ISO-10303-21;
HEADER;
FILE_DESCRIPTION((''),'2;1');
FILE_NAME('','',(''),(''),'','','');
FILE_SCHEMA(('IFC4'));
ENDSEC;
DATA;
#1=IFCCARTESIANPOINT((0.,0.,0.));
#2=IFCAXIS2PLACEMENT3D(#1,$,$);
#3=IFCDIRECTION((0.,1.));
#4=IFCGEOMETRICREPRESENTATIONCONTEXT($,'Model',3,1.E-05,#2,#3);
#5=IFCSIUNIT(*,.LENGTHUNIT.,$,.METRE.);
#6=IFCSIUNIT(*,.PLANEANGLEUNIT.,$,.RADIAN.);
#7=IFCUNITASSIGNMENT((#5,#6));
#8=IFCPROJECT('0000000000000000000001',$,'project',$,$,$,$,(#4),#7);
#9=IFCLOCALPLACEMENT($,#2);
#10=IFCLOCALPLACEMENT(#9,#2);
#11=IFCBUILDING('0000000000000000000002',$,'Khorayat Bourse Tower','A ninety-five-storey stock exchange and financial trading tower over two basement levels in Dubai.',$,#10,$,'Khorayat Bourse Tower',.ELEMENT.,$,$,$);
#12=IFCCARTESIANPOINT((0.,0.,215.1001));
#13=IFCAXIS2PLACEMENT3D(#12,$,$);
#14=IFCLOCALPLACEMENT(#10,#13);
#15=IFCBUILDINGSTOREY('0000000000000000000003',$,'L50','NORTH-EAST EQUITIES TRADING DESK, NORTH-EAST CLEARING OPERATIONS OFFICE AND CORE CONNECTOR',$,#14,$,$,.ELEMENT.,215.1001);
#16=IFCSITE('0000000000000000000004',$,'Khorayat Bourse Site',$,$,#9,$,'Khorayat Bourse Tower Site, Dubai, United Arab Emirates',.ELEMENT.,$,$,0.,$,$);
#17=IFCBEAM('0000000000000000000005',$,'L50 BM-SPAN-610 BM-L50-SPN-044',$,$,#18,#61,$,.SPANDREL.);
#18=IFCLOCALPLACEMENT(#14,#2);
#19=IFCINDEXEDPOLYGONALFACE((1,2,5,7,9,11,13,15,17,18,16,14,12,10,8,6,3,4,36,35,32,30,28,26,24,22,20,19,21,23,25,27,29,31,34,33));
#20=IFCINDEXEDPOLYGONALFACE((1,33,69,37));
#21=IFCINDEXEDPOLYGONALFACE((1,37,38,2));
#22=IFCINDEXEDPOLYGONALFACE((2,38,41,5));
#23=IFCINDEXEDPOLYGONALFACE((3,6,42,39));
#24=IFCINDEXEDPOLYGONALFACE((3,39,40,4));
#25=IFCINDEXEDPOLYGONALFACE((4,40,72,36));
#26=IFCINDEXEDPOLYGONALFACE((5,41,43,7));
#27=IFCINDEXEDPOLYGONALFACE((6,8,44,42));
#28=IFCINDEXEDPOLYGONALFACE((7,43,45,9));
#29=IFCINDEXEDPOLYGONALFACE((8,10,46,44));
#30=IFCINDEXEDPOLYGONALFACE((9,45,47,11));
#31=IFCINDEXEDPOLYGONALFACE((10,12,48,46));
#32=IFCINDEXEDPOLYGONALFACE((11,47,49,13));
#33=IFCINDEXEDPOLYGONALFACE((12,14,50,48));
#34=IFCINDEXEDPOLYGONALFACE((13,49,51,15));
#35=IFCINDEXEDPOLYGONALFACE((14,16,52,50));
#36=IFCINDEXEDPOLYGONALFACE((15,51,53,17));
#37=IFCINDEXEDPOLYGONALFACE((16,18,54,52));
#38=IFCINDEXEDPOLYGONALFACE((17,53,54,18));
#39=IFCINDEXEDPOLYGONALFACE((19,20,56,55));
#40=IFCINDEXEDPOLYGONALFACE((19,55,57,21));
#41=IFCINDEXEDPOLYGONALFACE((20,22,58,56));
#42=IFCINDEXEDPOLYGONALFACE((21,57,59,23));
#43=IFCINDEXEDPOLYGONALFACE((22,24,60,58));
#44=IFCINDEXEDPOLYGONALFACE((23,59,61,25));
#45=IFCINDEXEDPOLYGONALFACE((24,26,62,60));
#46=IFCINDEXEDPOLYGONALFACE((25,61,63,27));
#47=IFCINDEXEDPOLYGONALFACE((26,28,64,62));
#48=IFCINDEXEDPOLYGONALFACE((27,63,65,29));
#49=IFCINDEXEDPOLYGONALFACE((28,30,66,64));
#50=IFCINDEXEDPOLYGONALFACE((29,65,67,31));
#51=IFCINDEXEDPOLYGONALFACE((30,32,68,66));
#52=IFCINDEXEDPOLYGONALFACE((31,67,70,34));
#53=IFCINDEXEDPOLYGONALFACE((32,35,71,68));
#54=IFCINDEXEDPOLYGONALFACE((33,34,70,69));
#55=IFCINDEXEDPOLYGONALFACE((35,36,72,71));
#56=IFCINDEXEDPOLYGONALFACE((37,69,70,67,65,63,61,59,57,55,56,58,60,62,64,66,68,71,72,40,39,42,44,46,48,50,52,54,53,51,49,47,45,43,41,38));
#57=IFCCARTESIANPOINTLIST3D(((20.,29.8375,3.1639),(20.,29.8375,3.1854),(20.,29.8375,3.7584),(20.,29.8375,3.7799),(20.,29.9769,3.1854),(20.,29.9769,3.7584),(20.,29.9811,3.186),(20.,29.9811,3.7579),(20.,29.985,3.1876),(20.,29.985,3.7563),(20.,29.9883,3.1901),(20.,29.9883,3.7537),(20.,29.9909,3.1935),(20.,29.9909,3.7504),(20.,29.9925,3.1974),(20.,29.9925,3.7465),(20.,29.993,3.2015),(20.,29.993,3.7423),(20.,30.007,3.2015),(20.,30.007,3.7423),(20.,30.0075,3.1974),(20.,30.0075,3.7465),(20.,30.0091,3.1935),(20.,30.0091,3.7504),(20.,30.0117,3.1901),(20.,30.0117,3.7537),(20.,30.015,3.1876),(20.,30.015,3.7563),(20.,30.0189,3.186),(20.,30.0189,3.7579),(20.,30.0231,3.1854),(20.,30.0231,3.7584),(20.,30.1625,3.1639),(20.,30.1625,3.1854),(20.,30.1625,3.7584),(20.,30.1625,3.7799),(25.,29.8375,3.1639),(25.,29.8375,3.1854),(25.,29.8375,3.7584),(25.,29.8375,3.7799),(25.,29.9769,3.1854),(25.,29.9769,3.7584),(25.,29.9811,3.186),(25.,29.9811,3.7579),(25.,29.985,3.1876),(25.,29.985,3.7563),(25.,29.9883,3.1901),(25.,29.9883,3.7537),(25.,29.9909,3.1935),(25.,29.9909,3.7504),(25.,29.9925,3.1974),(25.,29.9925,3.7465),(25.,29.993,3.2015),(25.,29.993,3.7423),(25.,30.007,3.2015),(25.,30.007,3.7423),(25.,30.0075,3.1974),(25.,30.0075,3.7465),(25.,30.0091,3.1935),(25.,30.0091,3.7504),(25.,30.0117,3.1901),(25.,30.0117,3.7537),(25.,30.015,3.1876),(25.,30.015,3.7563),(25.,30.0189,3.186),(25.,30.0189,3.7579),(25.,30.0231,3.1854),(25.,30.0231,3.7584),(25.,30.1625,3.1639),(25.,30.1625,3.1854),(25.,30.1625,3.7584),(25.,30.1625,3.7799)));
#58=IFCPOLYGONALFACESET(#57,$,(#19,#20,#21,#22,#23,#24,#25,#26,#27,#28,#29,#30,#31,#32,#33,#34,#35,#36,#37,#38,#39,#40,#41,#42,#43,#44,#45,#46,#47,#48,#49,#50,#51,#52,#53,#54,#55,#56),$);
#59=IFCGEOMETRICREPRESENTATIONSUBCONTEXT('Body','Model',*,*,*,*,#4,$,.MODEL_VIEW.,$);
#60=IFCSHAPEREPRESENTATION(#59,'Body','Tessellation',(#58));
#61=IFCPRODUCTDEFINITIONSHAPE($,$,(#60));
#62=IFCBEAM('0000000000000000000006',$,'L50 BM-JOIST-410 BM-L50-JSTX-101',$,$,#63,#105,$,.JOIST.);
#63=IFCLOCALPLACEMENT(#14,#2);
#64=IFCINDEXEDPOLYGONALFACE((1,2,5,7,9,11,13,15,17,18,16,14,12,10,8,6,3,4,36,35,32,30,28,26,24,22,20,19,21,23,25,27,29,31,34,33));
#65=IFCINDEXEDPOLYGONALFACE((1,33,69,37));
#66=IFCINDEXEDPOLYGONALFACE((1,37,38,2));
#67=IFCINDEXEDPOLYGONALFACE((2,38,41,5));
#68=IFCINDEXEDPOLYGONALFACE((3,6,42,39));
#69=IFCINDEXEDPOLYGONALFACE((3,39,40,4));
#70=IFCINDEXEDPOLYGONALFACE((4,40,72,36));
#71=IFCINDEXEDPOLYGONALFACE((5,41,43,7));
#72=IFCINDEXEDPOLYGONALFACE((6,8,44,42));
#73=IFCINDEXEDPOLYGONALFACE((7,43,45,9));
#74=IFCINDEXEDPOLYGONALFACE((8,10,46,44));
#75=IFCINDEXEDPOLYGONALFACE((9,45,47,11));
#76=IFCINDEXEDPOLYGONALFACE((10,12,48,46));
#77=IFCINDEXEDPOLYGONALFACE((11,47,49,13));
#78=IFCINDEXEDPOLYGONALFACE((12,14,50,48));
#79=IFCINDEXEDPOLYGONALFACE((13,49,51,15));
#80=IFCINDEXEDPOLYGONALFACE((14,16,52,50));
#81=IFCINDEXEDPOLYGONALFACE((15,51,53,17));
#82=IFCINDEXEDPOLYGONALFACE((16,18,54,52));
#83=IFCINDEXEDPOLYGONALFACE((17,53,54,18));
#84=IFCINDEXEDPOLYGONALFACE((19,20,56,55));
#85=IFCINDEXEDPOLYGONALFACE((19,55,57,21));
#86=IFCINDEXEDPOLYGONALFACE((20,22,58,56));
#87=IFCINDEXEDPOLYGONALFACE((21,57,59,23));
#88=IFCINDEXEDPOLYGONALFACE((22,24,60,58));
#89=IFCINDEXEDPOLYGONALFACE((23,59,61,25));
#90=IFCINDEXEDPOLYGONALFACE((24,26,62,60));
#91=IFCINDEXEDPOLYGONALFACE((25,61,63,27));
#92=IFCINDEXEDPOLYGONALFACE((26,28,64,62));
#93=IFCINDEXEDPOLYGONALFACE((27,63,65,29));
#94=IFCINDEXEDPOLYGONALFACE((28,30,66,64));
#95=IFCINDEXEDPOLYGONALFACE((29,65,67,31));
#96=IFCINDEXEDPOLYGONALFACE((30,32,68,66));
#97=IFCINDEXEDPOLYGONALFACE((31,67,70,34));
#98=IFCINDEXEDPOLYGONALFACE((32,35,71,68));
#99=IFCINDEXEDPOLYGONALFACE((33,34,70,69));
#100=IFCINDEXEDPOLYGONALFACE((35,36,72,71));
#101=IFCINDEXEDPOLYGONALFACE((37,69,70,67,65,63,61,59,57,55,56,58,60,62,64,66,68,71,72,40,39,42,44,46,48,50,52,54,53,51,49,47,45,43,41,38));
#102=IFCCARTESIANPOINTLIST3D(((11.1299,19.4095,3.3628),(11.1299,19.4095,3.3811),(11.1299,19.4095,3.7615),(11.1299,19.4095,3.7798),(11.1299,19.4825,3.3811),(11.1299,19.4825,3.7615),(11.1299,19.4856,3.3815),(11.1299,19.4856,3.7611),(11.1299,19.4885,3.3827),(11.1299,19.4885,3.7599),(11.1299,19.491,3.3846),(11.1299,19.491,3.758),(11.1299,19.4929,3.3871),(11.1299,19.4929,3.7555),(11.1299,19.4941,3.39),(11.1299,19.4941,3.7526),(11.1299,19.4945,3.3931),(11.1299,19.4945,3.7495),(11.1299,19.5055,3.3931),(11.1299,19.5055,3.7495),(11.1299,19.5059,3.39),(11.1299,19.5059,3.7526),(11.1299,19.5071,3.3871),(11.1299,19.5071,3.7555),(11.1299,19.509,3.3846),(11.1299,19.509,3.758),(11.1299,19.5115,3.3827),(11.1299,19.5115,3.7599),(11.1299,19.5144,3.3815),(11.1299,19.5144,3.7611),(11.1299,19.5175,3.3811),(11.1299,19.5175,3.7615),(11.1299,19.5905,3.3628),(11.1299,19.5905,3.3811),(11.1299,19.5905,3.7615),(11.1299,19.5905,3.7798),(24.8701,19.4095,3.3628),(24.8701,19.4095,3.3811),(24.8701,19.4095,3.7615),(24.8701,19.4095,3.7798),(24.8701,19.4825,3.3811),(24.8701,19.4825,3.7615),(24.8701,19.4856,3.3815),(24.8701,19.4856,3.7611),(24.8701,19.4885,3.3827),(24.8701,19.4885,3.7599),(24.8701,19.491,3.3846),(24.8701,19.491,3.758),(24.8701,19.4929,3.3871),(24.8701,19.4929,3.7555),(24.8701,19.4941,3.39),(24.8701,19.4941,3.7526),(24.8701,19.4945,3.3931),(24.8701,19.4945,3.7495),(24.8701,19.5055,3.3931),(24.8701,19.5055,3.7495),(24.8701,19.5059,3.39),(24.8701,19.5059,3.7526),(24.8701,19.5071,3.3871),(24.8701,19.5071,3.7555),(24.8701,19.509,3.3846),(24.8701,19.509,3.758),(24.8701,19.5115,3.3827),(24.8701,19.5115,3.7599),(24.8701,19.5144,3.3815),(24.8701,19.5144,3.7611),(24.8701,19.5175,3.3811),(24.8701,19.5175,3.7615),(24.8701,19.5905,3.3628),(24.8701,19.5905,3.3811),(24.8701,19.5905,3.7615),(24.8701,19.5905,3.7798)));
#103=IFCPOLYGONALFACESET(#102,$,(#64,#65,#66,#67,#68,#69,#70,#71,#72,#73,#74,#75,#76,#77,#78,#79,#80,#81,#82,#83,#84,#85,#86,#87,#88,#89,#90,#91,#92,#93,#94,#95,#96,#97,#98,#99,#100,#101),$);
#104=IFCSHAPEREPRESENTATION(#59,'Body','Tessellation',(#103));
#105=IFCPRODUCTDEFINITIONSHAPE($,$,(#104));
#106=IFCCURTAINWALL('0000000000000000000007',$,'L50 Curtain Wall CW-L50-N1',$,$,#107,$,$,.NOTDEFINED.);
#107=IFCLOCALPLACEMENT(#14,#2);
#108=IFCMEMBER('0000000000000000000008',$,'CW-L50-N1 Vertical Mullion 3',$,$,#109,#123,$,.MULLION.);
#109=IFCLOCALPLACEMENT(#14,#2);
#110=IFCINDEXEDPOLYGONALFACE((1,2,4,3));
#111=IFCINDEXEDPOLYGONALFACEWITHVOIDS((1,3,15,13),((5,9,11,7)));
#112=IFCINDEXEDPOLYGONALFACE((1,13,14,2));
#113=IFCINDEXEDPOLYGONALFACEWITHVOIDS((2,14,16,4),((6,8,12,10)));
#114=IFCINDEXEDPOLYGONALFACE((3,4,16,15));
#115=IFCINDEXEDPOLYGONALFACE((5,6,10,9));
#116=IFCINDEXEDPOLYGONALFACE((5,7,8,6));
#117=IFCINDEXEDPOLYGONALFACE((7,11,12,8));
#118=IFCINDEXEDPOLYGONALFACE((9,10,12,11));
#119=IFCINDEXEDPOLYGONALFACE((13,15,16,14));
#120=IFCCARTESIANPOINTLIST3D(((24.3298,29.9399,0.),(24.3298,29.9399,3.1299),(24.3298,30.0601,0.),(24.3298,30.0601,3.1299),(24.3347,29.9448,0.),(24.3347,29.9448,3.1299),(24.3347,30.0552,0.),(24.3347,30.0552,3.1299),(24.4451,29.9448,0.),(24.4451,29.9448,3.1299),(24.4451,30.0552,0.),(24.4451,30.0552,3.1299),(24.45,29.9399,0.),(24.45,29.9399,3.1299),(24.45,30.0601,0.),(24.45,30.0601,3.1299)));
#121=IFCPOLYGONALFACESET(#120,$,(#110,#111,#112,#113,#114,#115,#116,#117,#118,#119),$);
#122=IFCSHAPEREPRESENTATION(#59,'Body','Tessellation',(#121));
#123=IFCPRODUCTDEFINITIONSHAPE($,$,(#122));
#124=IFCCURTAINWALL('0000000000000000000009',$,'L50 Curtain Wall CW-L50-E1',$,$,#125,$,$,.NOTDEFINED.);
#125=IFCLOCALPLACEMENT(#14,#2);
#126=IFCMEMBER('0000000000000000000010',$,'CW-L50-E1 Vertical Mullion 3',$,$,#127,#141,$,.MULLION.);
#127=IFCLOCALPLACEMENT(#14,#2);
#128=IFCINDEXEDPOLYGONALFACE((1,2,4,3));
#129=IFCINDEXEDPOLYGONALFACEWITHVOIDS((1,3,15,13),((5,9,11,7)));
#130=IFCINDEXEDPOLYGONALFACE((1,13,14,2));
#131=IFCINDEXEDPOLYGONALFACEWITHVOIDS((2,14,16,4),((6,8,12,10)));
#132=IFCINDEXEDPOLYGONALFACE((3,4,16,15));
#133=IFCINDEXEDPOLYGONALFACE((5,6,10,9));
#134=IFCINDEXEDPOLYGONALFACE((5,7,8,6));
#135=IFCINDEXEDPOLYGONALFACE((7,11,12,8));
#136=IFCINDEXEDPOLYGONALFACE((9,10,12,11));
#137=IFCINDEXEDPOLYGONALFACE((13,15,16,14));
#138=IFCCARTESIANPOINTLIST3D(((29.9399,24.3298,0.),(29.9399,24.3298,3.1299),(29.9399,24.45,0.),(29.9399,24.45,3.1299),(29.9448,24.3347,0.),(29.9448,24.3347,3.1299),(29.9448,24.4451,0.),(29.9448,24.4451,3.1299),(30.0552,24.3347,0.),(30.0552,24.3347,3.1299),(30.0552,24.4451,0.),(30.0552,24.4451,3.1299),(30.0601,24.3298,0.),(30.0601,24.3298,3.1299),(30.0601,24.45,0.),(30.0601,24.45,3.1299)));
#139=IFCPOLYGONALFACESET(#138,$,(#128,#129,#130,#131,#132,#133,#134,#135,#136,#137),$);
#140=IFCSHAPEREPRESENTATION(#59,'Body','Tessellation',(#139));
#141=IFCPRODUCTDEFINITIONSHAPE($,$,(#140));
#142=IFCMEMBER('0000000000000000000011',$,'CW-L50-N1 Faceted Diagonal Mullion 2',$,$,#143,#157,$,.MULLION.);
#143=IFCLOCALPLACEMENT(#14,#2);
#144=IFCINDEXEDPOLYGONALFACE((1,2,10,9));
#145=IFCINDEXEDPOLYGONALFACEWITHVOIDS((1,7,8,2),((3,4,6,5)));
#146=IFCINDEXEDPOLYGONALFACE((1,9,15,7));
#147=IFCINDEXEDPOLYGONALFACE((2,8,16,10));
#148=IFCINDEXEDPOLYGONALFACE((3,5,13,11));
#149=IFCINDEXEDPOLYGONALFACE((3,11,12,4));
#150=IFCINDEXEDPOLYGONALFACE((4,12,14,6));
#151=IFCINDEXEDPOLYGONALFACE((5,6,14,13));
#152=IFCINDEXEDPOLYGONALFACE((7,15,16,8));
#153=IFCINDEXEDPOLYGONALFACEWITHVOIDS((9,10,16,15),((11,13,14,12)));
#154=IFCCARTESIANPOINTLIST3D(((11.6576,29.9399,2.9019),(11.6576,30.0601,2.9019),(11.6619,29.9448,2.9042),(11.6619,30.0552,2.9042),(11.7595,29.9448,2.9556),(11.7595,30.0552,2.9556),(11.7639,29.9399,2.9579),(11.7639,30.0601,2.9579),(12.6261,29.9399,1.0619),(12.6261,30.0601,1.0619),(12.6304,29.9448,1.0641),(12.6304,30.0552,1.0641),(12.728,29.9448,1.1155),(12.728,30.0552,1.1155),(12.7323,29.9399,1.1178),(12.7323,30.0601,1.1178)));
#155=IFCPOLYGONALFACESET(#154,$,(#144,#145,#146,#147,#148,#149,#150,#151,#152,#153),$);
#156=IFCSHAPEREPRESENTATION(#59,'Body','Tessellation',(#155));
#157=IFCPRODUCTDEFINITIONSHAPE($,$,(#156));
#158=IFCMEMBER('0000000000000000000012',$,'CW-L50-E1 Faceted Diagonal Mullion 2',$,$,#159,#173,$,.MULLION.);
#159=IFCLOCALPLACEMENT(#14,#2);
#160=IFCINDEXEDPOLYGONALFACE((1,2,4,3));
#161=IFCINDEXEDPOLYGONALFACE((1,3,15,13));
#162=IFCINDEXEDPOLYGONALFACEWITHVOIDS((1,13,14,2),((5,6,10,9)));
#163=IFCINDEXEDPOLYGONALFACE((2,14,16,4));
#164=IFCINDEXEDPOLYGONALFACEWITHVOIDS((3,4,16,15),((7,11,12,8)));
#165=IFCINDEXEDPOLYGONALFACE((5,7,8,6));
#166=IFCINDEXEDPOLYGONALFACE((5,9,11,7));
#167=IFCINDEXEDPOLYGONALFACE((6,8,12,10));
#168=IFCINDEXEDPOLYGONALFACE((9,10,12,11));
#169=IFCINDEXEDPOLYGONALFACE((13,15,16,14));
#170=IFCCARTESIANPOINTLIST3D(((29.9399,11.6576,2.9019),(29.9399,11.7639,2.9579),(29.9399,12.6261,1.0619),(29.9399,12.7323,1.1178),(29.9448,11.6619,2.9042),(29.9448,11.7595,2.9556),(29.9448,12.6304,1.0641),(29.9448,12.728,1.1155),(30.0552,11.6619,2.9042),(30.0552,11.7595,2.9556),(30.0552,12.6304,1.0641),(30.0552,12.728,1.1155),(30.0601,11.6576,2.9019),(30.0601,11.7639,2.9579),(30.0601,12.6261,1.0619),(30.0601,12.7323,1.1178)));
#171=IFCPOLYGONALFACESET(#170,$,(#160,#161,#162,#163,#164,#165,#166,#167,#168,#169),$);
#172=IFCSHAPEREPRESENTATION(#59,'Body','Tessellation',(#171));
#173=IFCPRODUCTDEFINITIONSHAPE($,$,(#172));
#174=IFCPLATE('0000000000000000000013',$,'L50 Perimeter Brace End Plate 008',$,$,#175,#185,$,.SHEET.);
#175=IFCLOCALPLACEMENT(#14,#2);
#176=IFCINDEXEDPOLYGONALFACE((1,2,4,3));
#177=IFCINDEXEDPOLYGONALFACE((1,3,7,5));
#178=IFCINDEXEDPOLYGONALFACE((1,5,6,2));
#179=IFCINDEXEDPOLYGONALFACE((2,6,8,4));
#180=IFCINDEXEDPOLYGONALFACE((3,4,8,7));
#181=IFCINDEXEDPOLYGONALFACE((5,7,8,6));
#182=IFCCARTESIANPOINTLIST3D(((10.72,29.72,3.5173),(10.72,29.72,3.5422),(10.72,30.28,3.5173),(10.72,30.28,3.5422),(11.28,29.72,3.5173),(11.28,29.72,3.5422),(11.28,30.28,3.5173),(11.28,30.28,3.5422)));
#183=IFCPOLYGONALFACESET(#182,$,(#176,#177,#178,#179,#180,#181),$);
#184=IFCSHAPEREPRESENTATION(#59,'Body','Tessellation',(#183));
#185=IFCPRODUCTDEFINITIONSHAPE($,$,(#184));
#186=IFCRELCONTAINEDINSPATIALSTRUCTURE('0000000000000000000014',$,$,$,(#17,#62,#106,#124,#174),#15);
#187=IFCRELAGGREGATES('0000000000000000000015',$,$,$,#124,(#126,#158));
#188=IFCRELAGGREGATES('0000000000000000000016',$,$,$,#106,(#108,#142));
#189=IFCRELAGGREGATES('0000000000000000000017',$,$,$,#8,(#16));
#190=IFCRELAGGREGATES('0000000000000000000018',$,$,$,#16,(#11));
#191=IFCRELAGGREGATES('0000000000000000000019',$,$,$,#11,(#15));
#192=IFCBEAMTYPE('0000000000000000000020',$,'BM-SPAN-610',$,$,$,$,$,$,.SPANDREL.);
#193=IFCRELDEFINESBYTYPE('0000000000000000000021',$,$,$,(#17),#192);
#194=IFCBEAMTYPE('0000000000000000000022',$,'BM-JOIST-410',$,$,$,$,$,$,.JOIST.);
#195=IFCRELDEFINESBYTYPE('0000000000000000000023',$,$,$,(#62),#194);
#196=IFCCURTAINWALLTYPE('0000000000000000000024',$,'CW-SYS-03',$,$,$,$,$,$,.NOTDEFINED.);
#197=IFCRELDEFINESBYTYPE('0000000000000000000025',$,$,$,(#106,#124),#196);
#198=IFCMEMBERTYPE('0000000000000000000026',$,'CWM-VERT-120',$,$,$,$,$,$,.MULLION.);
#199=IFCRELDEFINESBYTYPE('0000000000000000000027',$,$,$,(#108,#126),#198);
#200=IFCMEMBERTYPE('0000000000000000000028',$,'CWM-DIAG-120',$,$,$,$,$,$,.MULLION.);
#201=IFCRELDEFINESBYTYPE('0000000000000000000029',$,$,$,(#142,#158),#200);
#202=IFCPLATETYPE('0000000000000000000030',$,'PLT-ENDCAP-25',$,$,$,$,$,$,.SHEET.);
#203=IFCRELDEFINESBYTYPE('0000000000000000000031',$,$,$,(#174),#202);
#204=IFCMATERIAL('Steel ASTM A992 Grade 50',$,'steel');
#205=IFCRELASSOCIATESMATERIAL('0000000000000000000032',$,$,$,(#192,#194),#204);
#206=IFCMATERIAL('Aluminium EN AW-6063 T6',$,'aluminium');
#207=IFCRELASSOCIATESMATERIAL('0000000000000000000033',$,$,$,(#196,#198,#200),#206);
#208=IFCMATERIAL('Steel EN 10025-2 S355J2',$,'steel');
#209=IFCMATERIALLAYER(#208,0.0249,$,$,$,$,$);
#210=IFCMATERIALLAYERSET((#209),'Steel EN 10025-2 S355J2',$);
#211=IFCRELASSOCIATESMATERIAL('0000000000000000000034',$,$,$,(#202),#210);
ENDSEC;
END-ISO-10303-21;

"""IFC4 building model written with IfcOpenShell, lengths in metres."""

from ifc_helpers import new_model, si_unit, direction, frame, origin, origin_2d, place, context, subcontext, project, spatial, rectangle, hollow_rectangle, i_section, extrude, source, transform, mapped, material, layer, layer_set, material_profile, profile_set, type_object, element, aggregate, save


model = new_model("IFC4")

# Units and contexts
model_context = context("Model", 3, precision=1e-05, world=origin(), true_north=direction((0.0, 1.0)))
body_context = subcontext(model_context, "Body", "Model", "MODEL_VIEW")
ifc_project = project(units=[si_unit("LENGTHUNIT", "METRE"), si_unit("PLANEANGLEUNIT", "RADIAN")], contexts=[model_context])

# Site, building, storey
site_placement = place(None, origin())
site = spatial("IfcSite", under=ifc_project, at=site_placement, Name="Khorayat Bourse Site", LongName="Khorayat Bourse Tower Site, Dubai, United Arab Emirates", CompositionType="ELEMENT", RefElevation=0.0)
building_placement = place(site_placement, origin())
building = spatial("IfcBuilding", under=site, at=building_placement, Name="Khorayat Bourse Tower", Description="A ninety-five-storey stock exchange and financial trading tower over two basement levels in Dubai.", LongName="Khorayat Bourse Tower", CompositionType="ELEMENT")
storey_placement = place(building_placement, frame((0.0, 0.0, 215.1001)))
storey = spatial("IfcBuildingStorey", under=building, at=storey_placement, Name="L50", Description="NORTH-EAST EQUITIES TRADING DESK, NORTH-EAST CLEARING OPERATIONS OFFICE AND CORE CONNECTOR", CompositionType="ELEMENT", Elevation=215.1001)

# Beams
ifc_material_1 = material(Name="Steel ASTM A992 Grade 50", Category="steel")
ifc_material_profile_1 = material_profile(ifc_material_1, i_section(OverallWidth=0.325, OverallDepth=0.616, WebThickness=0.0139, FlangeThickness=0.0215, FilletRadius=0.0161, at=origin_2d()), Name="W610X174")
ifc_profile_set_1 = profile_set([ifc_material_profile_1], Name="Steel ASTM A992 Grade 50")
beam_type_1 = type_object("IfcBeamType", Name="BM-SPAN-610", PredefinedType="SPANDREL", material=ifc_profile_set_1)
shared_shape_1 = source(origin(), body_context, "Body", "SweptSolid", [
    extrude(i_section(OverallWidth=0.325, OverallDepth=0.616, WebThickness=0.0139, FlangeThickness=0.0215, FilletRadius=0.0161, at=origin_2d()), origin(), (0.0, 0.0, 1.0), 5.0),
])
for number, where, z_axis, x_axis, name in (
    (1, (20.0, 30.0, 3.4719), (1.0, 0.0, 0.0), (0.0, 1.0, 0.0), "L50 BM-SPAN-610 BM-L50-SPN-044"),
):
    element("IfcBeam", number, at=place(storey_placement, frame(where, z_axis=z_axis, x_axis=x_axis)), inside=storey, type_object=beam_type_1, Name=name, PredefinedType="SPANDREL", context=body_context, shape_type="MappedRepresentation", body=[
        mapped(shared_shape_1, transform((0.0, 0.0, 0.0), scale=1.0)),
    ])
ifc_material_profile_2 = material_profile(ifc_material_1, i_section(OverallWidth=0.1809, OverallDepth=0.417, WebThickness=0.011, FlangeThickness=0.0183, FilletRadius=0.012, at=origin_2d()), Name="W410X85")
ifc_profile_set_2 = profile_set([ifc_material_profile_2], Name="Steel ASTM A992 Grade 50")
beam_type_2 = type_object("IfcBeamType", Name="BM-JOIST-410", PredefinedType="JOIST", material=ifc_profile_set_2)
shared_shape_2 = source(origin(), body_context, "Body", "SweptSolid", [
    extrude(i_section(OverallWidth=0.1809, OverallDepth=0.417, WebThickness=0.011, FlangeThickness=0.0183, FilletRadius=0.012, at=origin_2d()), origin(), (0.0, 0.0, 1.0), 13.7402),
])
beam_1_placement = place(storey_placement, frame((11.1299, 19.5, 3.5713), z_axis=(1.0, 0.0, 0.0), x_axis=(0.0, 1.0, 0.0)))
element("IfcBeam", 2, at=beam_1_placement, inside=storey, type_object=beam_type_2, Name="L50 BM-JOIST-410 BM-L50-JSTX-101", PredefinedType="JOIST", context=body_context, shape_type="MappedRepresentation", body=[
    mapped(shared_shape_2, transform((0.0, 0.0, 0.0), scale=1.0)),
])

# Curtain walls, members
ifc_material_2 = material(Name="Aluminium EN AW-6063 T6", Category="aluminium")
curtain_wall_type = type_object("IfcCurtainWallType", Name="CW-SYS-03", PredefinedType="NOTDEFINED", material=ifc_material_2)
curtain_wall_1_placement = place(storey_placement, origin())
curtain_wall_1 = element("IfcCurtainWall", 3, at=curtain_wall_1_placement, inside=storey, type_object=curtain_wall_type, Name="L50 Curtain Wall CW-L50-N1", PredefinedType="NOTDEFINED")
ifc_material_profile_3 = material_profile(ifc_material_2, hollow_rectangle(XDim=0.1201, YDim=0.1201, WallThickness=0.0049, at=origin_2d()), Name="ALU 120x120x5")
ifc_profile_set_3 = profile_set([ifc_material_profile_3], Name="Aluminium EN AW-6063 T6")
member_type_1 = type_object("IfcMemberType", Name="CWM-VERT-120", PredefinedType="MULLION", material=ifc_profile_set_3)
shared_shape_3 = source(origin(), body_context, "Body", "SweptSolid", [
    extrude(hollow_rectangle(XDim=0.1201, YDim=0.1201, WallThickness=0.0049, at=origin_2d()), origin(), (0.0, 0.0, 1.0), 3.1299),
])
member_1_placement = place(storey_placement, frame((24.3899, 30.0, 0.0), z_axis=(0.0, 0.0, 1.0), x_axis=(0.0, 1.0, 0.0)))
member_1 = element("IfcMember", 4, at=member_1_placement, type_object=member_type_1, Name="CW-L50-N1 Vertical Mullion 3", PredefinedType="MULLION", context=body_context, shape_type="MappedRepresentation", body=[
    mapped(shared_shape_3, transform((0.0, 0.0, 0.0), scale=1.0)),
])
curtain_wall_2_placement = place(storey_placement, origin())
curtain_wall_2 = element("IfcCurtainWall", 5, at=curtain_wall_2_placement, inside=storey, type_object=curtain_wall_type, Name="L50 Curtain Wall CW-L50-E1", PredefinedType="NOTDEFINED")
member_2_placement = place(storey_placement, frame((30.0, 24.3899, 0.0), z_axis=(0.0, 0.0, 1.0), x_axis=(-1.0, 0.0, 0.0)))
member_2 = element("IfcMember", 6, at=member_2_placement, type_object=member_type_1, Name="CW-L50-E1 Vertical Mullion 3", PredefinedType="MULLION", context=body_context, shape_type="MappedRepresentation", body=[
    mapped(shared_shape_3, transform((0.0, 0.0, 0.0), scale=1.0)),
])

# Members
ifc_material_profile_4 = material_profile(ifc_material_2, hollow_rectangle(XDim=0.1201, YDim=0.1201, WallThickness=0.0049, at=origin_2d()), Name="ALU 120x120x5")
ifc_profile_set_4 = profile_set([ifc_material_profile_4], Name="Aluminium EN AW-6063 T6")
member_type_2 = type_object("IfcMemberType", Name="CWM-DIAG-120", PredefinedType="MULLION", material=ifc_profile_set_4)
shared_shape_4 = source(origin(), body_context, "Body", "SweptSolid", [
    extrude(hollow_rectangle(XDim=0.1201, YDim=0.1201, WallThickness=0.0049, at=origin_2d()), origin(), (0.0, 0.0, 1.0), 2.0793),
])
member_3_placement = place(storey_placement, frame((12.6792, 30.0, 1.0898), z_axis=(-0.465761, 0.0, 0.884911), x_axis=(0.0, -1.0, 0.0)))
member_3 = element("IfcMember", 7, at=member_3_placement, type_object=member_type_2, Name="CW-L50-N1 Faceted Diagonal Mullion 2", PredefinedType="MULLION", context=body_context, shape_type="MappedRepresentation", body=[
    mapped(shared_shape_4, transform((0.0, 0.0, 0.0), scale=1.0)),
])
member_4_placement = place(storey_placement, frame((30.0, 12.6792, 1.0898), z_axis=(0.0, -0.465761, 0.884911), x_axis=(1.0, 0.0, 0.0)))
member_4 = element("IfcMember", 8, at=member_4_placement, type_object=member_type_2, Name="CW-L50-E1 Faceted Diagonal Mullion 2", PredefinedType="MULLION", context=body_context, shape_type="MappedRepresentation", body=[
    mapped(shared_shape_4, transform((0.0, 0.0, 0.0), scale=1.0)),
])
aggregate(curtain_wall_2, [member_2, member_4])

# Plate
ifc_material_3 = material(Name="Steel EN 10025-2 S355J2", Category="steel")
ifc_layer_1 = layer(ifc_material_3, 0.0249)
ifc_layer_set_1 = layer_set([ifc_layer_1], Name="Steel EN 10025-2 S355J2")
plate_type_1 = type_object("IfcPlateType", Name="PLT-ENDCAP-25", PredefinedType="SHEET", material=ifc_layer_set_1)
shared_shape_5 = source(origin(), body_context, "Body", "SweptSolid", [
    extrude(rectangle(XDim=0.5601, YDim=0.5601, at=origin_2d()), origin(), (0.0, 0.0, 1.0), 0.0249),
])
plate_1_placement = place(storey_placement, frame((11.0, 30.0, 3.5173), z_axis=(0.0, 0.0, 1.0), x_axis=(1.0, 0.0, 0.0)))
element("IfcPlate", 9, at=plate_1_placement, inside=storey, type_object=plate_type_1, Name="L50 Perimeter Brace End Plate 008", PredefinedType="SHEET", context=body_context, shape_type="MappedRepresentation", body=[
    mapped(shared_shape_5, transform((0.0, 0.0, 0.0), scale=1.0)),
])
aggregate(curtain_wall_1, [member_1, member_3])

save(model, "model.ifc")
